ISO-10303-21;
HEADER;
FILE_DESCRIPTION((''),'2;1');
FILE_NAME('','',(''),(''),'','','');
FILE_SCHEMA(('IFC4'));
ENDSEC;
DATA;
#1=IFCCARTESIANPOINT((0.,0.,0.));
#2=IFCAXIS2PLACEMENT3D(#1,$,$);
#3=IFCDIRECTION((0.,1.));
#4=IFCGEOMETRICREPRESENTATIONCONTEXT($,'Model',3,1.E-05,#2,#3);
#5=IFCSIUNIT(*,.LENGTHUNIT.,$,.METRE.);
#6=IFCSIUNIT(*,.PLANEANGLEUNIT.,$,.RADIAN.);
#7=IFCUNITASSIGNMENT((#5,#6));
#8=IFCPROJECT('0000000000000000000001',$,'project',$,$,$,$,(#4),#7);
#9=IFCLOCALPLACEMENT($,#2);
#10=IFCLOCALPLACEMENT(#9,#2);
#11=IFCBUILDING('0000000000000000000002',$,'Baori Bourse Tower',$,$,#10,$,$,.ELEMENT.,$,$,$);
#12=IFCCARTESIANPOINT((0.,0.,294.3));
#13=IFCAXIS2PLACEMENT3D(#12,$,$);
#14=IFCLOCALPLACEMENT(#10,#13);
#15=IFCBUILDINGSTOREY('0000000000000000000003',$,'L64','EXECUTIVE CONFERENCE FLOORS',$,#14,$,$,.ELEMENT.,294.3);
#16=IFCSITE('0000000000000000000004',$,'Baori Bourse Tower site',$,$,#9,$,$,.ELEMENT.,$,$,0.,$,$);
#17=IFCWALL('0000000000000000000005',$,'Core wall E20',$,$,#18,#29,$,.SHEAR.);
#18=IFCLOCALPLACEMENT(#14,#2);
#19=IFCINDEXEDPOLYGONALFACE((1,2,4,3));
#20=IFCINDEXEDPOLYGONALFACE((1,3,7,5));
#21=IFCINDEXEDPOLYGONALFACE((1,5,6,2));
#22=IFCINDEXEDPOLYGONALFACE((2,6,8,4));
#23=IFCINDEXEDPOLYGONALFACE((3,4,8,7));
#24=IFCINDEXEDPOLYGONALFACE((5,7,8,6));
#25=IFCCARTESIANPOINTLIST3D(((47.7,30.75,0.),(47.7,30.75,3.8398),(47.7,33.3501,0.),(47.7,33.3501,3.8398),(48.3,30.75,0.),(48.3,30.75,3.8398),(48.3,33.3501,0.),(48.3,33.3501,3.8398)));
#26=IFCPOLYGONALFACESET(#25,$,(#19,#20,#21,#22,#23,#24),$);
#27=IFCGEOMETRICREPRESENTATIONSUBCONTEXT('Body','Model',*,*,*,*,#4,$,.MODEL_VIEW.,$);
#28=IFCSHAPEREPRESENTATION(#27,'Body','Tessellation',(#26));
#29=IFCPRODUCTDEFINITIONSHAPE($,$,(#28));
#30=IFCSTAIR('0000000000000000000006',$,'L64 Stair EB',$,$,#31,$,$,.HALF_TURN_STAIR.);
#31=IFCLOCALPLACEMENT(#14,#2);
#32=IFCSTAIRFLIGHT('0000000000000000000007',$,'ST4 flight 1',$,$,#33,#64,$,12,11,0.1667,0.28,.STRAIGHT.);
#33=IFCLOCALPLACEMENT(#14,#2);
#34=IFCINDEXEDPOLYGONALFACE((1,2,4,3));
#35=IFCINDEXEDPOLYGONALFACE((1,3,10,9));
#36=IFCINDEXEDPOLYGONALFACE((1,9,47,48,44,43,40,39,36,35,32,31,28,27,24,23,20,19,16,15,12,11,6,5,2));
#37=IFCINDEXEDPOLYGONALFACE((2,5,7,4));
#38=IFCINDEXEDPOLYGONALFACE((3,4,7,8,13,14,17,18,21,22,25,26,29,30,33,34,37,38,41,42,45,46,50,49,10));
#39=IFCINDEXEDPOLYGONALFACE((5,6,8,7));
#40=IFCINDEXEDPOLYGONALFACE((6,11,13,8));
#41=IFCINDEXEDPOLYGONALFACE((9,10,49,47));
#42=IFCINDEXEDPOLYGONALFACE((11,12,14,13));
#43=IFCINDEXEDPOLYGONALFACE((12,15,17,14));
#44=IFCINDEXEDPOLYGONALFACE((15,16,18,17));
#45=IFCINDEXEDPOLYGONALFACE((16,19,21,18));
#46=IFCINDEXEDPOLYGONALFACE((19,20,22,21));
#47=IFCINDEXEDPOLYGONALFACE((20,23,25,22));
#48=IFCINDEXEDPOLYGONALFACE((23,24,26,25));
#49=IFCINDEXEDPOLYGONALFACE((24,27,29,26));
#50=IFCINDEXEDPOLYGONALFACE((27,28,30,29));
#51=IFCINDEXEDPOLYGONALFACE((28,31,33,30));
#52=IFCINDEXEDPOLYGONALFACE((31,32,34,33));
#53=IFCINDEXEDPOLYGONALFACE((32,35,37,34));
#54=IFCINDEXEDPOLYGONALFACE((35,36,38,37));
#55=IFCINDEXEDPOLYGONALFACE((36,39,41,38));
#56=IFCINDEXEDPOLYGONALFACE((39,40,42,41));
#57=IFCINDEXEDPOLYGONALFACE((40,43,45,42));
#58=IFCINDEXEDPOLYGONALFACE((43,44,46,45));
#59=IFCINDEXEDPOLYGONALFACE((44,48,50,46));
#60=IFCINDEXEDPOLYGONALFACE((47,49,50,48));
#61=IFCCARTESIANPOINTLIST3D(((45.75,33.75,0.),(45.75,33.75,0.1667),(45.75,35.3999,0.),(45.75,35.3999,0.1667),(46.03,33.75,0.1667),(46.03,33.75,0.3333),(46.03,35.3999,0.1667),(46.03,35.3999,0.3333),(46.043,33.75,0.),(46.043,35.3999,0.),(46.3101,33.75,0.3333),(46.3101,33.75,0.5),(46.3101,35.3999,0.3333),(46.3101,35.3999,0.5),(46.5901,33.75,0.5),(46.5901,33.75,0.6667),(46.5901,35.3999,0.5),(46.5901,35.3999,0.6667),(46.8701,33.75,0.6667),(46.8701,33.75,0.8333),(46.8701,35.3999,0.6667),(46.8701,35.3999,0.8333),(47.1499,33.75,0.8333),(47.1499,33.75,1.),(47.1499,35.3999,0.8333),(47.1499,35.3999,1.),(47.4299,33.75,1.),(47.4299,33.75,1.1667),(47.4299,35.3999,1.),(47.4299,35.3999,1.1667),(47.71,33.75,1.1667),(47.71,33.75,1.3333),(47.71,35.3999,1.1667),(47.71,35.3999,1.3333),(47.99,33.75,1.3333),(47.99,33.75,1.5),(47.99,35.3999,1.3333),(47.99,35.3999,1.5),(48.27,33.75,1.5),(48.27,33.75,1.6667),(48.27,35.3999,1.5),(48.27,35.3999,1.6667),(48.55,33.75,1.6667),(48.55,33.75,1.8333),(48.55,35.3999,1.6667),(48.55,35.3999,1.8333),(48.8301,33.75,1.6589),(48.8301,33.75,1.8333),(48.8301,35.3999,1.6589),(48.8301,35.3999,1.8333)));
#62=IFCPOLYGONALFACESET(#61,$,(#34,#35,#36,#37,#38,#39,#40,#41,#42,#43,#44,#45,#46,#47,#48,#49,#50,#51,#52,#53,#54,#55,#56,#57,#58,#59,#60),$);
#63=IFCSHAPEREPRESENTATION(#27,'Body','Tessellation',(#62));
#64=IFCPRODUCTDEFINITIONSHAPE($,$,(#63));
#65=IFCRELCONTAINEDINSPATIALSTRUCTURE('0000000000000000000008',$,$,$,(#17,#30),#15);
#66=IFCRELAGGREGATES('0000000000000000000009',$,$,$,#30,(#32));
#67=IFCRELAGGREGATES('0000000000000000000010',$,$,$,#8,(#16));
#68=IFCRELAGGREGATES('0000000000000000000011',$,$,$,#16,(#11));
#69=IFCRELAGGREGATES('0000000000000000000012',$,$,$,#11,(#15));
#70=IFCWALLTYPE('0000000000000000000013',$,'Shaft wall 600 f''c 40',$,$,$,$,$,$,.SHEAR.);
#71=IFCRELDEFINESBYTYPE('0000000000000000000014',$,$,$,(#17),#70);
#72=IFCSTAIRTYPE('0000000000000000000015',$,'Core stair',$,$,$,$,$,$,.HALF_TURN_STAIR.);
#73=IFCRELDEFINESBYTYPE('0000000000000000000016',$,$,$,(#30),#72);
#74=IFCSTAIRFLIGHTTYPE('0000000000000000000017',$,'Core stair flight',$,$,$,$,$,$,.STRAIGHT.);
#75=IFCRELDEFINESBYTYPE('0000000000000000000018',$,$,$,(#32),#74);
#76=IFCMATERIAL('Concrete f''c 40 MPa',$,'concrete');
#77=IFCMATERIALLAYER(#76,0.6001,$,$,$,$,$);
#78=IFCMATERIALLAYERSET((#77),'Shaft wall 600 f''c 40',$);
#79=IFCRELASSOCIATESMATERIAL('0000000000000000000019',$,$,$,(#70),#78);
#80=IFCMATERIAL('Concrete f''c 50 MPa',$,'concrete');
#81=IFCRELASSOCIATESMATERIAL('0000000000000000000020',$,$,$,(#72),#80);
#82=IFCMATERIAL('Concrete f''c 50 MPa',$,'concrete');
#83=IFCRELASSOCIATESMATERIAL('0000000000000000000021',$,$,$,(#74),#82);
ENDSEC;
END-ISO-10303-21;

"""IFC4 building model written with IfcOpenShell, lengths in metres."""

from ifc_helpers import new_model, si_unit, direction, frame, frame_2d, origin, place, context, subcontext, project, spatial, polyline, rectangle, outline, extrude, material, layer, layer_set, type_object, element, aggregate, save


model = new_model("IFC4")

# Units and contexts
model_context = context("Model", 3, precision=1e-05, world=origin(), true_north=direction((0.0, 1.0)))
body_context = subcontext(model_context, "Body", "Model", "MODEL_VIEW")
ifc_project = project(units=[si_unit("LENGTHUNIT", "METRE"), si_unit("PLANEANGLEUNIT", "RADIAN")], contexts=[model_context])

# Site, building, storey
site_placement = place(None, origin())
site = spatial("IfcSite", under=ifc_project, at=site_placement, Name="Baori Bourse Tower site", CompositionType="ELEMENT", RefElevation=0.0)
building_placement = place(site_placement, origin())
building = spatial("IfcBuilding", under=site, at=building_placement, Name="Baori Bourse Tower", CompositionType="ELEMENT")
storey_placement = place(building_placement, frame((0.0, 0.0, 294.3)))
storey = spatial("IfcBuildingStorey", under=building, at=storey_placement, Name="L64", Description="EXECUTIVE CONFERENCE FLOORS", CompositionType="ELEMENT", Elevation=294.3)

# Wall
ifc_material_1 = material(Name="Concrete f'c 40 MPa", Category="concrete")
ifc_layer_1 = layer(ifc_material_1, 0.6001)
ifc_layer_set_1 = layer_set([ifc_layer_1], Name="Shaft wall 600 f'c 40")
wall_type_1 = type_object("IfcWallType", Name="Shaft wall 600 f'c 40", PredefinedType="SHEAR", material=ifc_layer_set_1)
for number, where, z_axis, x_axis, name in (
    (1, (48.0, 30.75, 0.0), (0.0, 0.0, 1.0), (0.0, 1.0, 0.0), "Core wall E20"),
):
    element("IfcWall", number, at=place(storey_placement, frame(where, z_axis=z_axis, x_axis=x_axis)), inside=storey, type_object=wall_type_1, Name=name, PredefinedType="SHEAR", context=body_context, shape_type="SweptSolid", body=[
        extrude(rectangle(XDim=2.6001, YDim=0.6001, at=frame_2d((1.3, 0.0))), origin(), (0.0, 0.0, 1.0), 3.8398),
    ])

# Stair, stair flight
ifc_material_2 = material(Name="Concrete f'c 50 MPa", Category="concrete")
stair_type = type_object("IfcStairType", Name="Core stair", PredefinedType="HALF_TURN_STAIR", material=ifc_material_2)
stair_placement = place(storey_placement, origin())
stair = element("IfcStair", 2, at=stair_placement, inside=storey, type_object=stair_type, Name="L64 Stair EB", PredefinedType="HALF_TURN_STAIR")
ifc_material_3 = material(Name="Concrete f'c 50 MPa", Category="concrete")
stair_flight_type = type_object("IfcStairFlightType", Name="Core stair flight", PredefinedType="STRAIGHT", material=ifc_material_3)
stair_flight_placement = place(storey_placement, frame((45.75, 34.575, 0.0), z_axis=(0.0, 0.0, 1.0), x_axis=(1.0, 0.0, 0.0)))
stair_flight = element("IfcStairFlight", 3, at=stair_flight_placement, type_object=stair_flight_type, Name="ST4 flight 1", NumberOfRisers=12, NumberOfTreads=11, PredefinedType="STRAIGHT", RiserHeight=0.1667, TreadLength=0.28, context=body_context, shape_type="SweptSolid", body=[
    extrude(outline(polyline([(0.0, 0.0), (0.0, 0.1667), (0.28, 0.1667), (0.28, 0.3333), (0.5601, 0.3333), (0.5601, 0.5), (0.8401, 0.5), (0.8401, 0.6667), (1.1201, 0.6667), (1.1201, 0.8333), (1.3999, 0.8333), (1.3999, 1.0), (1.6799, 1.0), (1.6799, 1.1667), (1.96, 1.1667), (1.96, 1.3333), (2.24, 1.3333), (2.24, 1.5), (2.52, 1.5), (2.52, 1.6667), (2.8, 1.6667), (2.8, 1.8333), (3.0801, 1.8333), (3.0801, 2.0), (3.0801, 1.6589), (0.293, 0.0), (0.0, 0.0)])), frame((0.0, 0.825, 0.0), z_axis=(0.0, -1.0, 0.0), x_axis=(1.0, 0.0, 0.0)), (0.0, 0.0, 1.0), 1.6499),
])
aggregate(stair, [stair_flight])

save(model, "model.ifc")
